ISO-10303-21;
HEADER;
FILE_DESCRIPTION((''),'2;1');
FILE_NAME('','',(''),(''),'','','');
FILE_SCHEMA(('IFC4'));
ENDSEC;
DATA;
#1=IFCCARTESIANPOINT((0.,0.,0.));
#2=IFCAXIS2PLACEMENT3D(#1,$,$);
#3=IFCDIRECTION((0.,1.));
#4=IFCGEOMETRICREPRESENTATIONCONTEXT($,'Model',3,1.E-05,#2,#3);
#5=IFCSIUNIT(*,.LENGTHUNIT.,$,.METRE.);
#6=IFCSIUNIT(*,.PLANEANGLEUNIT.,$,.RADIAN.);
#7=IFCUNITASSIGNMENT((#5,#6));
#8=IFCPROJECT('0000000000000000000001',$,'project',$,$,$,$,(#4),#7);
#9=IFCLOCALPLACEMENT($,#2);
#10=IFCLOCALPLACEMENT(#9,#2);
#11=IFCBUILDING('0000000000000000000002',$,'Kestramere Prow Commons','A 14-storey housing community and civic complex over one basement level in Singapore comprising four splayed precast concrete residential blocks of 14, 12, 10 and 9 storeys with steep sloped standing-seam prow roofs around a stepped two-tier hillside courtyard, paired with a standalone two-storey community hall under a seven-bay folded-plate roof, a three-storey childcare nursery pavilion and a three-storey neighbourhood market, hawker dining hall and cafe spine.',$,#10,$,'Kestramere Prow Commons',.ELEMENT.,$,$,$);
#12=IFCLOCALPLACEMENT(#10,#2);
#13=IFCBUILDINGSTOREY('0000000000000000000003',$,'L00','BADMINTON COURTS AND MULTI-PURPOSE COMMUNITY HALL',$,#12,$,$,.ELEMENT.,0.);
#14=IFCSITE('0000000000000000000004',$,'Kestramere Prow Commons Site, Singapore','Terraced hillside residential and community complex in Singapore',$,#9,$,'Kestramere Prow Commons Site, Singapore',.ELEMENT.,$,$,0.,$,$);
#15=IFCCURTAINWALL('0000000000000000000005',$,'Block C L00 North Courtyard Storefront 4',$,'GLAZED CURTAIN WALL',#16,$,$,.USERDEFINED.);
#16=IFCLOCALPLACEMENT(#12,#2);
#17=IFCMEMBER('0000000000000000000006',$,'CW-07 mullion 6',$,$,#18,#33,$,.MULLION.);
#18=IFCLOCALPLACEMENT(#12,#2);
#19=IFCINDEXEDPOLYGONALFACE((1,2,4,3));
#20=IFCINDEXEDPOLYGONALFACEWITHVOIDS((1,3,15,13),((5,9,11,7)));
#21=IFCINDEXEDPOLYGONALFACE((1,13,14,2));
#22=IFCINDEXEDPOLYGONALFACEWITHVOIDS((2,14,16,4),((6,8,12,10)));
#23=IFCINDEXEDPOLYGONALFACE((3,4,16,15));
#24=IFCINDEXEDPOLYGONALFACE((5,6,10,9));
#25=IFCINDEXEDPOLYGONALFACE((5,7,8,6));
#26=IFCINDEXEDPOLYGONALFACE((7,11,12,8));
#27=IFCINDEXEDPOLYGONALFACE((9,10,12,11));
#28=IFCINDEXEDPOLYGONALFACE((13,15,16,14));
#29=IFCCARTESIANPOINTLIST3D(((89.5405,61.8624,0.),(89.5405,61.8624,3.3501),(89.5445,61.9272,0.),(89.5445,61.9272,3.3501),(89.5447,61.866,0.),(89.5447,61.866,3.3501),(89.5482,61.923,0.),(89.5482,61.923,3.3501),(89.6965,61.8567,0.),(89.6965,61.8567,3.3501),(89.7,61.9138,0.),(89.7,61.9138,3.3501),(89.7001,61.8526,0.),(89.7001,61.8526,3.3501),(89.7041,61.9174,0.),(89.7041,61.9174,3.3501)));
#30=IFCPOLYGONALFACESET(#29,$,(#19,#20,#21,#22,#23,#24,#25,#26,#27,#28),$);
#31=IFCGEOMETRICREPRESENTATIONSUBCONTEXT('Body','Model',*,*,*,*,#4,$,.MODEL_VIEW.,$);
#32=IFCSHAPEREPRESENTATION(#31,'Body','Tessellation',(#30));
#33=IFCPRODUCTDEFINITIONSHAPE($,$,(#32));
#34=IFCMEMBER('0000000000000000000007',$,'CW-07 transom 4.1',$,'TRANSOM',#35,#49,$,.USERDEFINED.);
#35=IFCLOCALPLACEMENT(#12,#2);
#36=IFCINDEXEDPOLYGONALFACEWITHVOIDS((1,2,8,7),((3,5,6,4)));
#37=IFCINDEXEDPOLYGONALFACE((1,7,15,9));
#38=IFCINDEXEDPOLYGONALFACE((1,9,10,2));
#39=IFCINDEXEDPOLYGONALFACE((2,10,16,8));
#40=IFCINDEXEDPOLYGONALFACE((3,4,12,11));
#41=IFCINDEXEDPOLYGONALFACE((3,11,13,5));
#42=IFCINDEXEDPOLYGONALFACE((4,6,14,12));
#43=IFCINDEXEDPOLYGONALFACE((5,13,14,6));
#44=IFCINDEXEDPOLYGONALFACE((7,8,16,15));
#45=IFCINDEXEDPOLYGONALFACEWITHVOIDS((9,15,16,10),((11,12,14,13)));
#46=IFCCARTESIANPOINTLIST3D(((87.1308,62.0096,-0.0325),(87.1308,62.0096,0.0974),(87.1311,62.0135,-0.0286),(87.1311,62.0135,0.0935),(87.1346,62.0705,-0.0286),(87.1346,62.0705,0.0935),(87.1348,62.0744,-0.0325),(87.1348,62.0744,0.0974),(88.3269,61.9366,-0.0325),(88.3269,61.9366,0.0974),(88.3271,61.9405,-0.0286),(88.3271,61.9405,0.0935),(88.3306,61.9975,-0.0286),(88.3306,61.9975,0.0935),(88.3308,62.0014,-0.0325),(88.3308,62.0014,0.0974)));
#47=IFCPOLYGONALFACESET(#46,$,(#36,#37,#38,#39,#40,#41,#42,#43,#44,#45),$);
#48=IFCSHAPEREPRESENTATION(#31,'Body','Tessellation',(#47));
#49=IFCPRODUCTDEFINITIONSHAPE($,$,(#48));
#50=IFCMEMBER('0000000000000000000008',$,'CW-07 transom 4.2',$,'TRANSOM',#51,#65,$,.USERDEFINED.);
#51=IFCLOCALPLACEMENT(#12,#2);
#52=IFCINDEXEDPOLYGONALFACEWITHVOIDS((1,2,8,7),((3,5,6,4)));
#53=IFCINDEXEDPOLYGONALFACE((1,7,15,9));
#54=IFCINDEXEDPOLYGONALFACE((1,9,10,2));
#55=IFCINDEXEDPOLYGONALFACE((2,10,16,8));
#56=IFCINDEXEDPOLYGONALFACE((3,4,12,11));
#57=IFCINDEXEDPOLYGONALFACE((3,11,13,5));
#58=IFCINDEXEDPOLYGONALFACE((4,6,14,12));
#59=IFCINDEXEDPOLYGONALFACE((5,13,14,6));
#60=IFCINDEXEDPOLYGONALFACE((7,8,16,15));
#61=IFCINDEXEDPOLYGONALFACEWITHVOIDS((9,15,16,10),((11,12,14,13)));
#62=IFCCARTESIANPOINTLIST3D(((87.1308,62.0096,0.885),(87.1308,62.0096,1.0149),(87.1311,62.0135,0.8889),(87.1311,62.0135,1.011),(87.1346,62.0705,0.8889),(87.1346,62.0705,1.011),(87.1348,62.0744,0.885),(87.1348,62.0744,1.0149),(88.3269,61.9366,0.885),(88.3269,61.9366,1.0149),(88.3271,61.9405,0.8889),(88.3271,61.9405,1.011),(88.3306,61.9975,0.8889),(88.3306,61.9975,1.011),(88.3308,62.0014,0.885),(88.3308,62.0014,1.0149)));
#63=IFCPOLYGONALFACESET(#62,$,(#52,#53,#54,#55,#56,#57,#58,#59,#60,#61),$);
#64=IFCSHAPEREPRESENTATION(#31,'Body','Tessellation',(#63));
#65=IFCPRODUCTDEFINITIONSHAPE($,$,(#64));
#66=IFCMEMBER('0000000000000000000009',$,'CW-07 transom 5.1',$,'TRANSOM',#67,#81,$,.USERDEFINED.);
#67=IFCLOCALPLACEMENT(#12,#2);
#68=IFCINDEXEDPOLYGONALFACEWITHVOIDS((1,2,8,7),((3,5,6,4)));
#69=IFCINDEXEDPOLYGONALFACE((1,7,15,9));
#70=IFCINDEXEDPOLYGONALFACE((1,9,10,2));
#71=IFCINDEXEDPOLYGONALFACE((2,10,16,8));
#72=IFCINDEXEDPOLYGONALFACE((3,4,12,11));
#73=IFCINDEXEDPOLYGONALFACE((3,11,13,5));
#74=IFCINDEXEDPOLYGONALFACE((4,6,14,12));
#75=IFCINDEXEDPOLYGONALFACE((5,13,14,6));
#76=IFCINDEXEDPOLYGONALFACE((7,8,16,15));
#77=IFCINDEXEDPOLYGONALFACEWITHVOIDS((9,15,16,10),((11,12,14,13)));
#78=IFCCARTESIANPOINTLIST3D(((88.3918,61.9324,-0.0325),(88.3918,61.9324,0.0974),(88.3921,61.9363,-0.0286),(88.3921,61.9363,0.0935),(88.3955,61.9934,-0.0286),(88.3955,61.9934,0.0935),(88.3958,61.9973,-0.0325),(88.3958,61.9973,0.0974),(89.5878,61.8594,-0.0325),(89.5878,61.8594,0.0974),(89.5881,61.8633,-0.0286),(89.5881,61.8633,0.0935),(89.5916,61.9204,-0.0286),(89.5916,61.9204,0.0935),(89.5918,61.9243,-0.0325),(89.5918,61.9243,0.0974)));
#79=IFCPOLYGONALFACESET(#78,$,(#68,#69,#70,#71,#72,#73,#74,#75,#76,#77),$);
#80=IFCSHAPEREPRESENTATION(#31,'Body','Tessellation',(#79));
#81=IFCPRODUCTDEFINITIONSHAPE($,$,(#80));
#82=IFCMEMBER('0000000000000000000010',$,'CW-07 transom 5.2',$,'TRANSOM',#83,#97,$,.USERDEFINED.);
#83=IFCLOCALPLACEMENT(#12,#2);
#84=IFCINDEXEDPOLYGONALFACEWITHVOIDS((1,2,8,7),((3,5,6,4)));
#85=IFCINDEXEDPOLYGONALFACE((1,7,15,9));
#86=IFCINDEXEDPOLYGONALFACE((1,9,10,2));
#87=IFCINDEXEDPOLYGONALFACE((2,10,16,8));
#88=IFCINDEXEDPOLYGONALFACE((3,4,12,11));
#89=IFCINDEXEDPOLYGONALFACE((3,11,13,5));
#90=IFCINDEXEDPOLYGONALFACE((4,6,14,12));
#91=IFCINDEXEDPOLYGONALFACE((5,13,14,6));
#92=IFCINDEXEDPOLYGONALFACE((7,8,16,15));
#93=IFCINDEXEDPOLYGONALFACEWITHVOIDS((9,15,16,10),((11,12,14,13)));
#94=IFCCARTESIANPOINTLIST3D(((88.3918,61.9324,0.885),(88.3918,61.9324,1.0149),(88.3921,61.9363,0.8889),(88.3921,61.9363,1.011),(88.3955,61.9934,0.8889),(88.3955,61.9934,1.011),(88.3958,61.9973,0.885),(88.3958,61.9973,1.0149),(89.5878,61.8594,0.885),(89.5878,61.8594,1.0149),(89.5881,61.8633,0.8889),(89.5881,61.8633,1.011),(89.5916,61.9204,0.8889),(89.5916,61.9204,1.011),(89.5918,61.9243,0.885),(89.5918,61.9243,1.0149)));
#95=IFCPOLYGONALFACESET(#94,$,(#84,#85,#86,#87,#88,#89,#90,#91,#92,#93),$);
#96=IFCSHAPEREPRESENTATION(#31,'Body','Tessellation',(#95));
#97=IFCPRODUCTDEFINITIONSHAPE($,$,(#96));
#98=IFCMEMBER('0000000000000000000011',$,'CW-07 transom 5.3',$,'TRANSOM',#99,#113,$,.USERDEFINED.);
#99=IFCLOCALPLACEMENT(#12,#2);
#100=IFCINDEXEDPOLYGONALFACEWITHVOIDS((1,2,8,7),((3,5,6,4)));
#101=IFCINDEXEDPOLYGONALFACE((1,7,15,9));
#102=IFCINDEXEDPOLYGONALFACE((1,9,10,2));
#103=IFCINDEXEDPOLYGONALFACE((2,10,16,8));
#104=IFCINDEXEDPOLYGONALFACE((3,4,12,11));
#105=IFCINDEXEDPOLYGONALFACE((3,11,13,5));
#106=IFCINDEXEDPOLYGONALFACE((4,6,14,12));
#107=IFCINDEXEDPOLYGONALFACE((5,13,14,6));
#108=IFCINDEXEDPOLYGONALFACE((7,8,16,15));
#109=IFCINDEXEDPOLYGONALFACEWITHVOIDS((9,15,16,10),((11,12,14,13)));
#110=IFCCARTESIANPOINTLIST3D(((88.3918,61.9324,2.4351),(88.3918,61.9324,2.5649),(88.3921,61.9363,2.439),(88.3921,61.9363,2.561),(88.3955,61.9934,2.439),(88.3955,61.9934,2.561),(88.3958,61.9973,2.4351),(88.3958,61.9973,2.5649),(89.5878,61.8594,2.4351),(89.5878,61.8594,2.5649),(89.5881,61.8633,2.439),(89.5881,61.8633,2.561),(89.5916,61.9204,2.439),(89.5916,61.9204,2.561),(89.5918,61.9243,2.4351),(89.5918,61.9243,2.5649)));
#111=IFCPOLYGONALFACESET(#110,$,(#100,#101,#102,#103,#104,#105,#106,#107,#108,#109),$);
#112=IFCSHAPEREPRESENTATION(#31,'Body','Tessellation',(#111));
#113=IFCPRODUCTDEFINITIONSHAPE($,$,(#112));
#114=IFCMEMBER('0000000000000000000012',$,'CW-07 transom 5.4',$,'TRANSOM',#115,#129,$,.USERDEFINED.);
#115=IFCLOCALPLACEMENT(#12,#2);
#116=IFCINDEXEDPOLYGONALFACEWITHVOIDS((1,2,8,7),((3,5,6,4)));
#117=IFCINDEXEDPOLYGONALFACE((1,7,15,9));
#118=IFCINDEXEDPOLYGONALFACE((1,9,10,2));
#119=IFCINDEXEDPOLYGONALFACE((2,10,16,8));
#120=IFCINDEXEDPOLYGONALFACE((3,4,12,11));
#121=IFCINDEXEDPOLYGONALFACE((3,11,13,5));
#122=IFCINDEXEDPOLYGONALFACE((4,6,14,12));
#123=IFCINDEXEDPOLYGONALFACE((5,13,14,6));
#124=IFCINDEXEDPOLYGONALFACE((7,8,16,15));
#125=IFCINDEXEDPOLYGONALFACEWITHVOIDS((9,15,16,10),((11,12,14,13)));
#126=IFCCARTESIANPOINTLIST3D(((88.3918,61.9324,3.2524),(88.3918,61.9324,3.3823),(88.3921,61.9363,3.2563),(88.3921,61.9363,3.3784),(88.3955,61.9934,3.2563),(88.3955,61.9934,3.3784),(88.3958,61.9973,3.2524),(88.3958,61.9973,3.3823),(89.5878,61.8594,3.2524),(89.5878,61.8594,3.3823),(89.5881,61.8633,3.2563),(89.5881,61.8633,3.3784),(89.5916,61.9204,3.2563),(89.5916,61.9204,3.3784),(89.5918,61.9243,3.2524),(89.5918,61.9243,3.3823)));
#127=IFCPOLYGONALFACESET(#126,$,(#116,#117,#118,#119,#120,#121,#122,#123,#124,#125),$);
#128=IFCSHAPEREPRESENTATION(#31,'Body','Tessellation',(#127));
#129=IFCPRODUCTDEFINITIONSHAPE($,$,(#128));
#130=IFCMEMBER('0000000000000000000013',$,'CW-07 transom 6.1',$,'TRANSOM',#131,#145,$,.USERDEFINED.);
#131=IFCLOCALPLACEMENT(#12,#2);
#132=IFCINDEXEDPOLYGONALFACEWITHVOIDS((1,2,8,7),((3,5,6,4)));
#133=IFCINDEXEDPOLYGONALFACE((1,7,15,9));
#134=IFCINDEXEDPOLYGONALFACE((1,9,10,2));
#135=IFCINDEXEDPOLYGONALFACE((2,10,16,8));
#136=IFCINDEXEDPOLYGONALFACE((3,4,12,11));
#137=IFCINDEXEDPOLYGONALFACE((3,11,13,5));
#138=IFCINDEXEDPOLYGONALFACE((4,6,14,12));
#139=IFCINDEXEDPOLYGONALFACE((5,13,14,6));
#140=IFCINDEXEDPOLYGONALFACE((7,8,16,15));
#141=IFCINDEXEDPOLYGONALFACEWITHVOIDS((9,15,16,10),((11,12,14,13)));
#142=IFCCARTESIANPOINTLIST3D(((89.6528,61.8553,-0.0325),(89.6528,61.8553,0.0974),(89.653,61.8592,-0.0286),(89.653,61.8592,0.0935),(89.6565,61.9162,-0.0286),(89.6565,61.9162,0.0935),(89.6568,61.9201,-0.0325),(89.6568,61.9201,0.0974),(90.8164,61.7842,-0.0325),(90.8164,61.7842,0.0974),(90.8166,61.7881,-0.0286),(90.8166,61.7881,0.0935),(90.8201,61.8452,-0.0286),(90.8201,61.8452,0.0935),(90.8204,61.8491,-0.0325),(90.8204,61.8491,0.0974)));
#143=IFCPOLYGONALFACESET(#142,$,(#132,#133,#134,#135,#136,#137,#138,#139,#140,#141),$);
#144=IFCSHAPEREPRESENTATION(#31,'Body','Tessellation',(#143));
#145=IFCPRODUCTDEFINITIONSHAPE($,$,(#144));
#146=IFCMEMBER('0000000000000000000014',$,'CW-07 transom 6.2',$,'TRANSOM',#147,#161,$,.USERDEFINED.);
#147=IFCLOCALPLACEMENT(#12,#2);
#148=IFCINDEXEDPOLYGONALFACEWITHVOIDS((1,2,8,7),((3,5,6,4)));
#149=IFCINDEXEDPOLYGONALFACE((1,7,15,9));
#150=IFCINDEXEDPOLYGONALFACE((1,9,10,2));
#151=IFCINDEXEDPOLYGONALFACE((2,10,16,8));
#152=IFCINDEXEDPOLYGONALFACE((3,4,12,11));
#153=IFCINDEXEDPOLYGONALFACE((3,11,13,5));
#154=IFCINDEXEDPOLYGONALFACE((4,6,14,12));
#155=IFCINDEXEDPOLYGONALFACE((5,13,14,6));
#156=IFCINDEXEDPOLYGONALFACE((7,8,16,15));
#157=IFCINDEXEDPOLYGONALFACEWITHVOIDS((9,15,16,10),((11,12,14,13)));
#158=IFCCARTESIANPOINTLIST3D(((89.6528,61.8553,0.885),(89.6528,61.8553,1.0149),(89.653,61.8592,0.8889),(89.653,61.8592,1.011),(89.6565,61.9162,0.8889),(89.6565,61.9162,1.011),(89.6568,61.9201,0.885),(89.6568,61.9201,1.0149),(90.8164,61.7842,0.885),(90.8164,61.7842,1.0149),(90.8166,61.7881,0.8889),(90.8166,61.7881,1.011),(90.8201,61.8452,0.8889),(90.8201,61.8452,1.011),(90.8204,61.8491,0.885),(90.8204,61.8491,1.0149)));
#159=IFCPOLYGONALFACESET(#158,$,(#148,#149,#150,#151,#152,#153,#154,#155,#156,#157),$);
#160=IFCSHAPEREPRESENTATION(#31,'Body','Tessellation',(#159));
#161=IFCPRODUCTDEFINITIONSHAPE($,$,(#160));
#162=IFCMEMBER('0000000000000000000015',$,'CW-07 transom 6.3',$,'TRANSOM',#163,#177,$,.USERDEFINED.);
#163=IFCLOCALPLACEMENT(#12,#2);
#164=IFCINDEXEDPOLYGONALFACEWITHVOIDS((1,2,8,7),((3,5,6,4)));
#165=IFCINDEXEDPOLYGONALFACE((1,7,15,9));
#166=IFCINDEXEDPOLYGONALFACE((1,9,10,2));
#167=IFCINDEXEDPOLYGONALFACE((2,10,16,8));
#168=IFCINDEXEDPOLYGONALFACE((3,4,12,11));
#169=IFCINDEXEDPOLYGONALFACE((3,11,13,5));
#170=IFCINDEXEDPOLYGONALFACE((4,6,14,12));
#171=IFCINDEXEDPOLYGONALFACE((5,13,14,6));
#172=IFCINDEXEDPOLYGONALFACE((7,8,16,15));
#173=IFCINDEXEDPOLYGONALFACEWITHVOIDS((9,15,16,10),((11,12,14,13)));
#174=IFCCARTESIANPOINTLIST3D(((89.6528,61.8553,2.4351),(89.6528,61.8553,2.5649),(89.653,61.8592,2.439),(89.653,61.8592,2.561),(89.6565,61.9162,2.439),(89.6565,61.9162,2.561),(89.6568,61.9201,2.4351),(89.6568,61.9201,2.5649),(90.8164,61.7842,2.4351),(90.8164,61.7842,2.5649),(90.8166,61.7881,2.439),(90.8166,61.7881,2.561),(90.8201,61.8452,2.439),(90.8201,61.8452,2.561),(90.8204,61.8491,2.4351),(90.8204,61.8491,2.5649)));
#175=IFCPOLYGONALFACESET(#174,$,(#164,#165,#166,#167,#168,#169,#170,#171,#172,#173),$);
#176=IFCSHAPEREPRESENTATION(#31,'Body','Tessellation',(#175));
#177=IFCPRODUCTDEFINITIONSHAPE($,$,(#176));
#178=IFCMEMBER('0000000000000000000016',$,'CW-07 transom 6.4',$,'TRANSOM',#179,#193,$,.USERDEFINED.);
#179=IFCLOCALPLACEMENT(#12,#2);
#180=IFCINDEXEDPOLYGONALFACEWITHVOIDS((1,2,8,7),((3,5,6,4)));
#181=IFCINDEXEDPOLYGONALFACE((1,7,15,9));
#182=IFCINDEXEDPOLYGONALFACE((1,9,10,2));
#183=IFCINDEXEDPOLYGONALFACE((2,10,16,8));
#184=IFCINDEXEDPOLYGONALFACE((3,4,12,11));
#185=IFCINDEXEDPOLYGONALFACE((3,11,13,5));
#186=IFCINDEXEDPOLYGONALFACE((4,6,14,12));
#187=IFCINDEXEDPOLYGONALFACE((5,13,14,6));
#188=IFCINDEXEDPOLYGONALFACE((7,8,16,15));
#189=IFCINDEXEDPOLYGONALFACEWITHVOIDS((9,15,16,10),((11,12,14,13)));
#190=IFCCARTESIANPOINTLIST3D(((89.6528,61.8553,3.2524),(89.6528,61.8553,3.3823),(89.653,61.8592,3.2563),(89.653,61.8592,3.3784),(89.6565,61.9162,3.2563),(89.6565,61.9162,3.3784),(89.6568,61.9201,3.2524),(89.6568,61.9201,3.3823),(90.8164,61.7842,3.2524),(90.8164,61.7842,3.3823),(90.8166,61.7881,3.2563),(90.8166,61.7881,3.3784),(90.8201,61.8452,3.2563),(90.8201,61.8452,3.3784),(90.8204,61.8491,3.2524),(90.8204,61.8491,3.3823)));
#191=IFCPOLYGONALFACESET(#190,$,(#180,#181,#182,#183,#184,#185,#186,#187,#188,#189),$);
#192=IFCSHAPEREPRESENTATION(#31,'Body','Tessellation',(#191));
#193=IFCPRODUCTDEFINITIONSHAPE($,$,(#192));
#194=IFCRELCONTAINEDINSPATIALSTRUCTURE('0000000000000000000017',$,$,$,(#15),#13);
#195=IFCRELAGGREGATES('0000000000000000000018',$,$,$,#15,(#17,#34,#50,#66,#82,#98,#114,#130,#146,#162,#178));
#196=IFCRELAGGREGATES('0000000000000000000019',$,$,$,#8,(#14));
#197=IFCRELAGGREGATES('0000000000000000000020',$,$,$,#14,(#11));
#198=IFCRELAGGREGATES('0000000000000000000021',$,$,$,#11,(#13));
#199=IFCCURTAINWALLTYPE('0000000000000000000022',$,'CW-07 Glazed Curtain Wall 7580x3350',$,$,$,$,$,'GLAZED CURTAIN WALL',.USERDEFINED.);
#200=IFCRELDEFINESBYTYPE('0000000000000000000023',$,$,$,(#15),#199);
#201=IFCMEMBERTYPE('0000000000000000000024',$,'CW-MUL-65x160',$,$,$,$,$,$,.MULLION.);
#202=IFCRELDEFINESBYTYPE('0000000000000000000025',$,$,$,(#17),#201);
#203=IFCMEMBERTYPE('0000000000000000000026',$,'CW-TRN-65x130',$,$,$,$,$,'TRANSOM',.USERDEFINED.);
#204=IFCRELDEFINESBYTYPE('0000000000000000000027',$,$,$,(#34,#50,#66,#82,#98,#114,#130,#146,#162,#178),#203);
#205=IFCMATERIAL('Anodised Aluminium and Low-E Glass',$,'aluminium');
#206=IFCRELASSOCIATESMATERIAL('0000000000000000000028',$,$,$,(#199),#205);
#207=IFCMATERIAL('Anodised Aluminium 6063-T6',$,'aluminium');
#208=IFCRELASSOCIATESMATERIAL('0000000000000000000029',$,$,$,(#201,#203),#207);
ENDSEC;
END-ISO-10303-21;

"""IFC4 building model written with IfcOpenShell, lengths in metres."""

from ifc_helpers import new_model, si_unit, direction, frame, origin, origin_2d, place, context, subcontext, project, spatial, hollow_rectangle, extrude, material, material_profile, profile_set, type_object, element, aggregate, save


model = new_model("IFC4")

# Units and contexts
model_context = context("Model", 3, precision=1e-05, world=origin(), true_north=direction((0.0, 1.0)))
body_context = subcontext(model_context, "Body", "Model", "MODEL_VIEW")
ifc_project = project(units=[si_unit("LENGTHUNIT", "METRE"), si_unit("PLANEANGLEUNIT", "RADIAN")], contexts=[model_context])

# Site, building, storey
site_placement = place(None, origin())
site = spatial("IfcSite", under=ifc_project, at=site_placement, Name="Kestramere Prow Commons Site, Singapore", Description="Terraced hillside residential and community complex in Singapore", LongName="Kestramere Prow Commons Site, Singapore", CompositionType="ELEMENT", RefElevation=0.0)
building_placement = place(site_placement, origin())
building = spatial("IfcBuilding", under=site, at=building_placement, Name="Kestramere Prow Commons", Description="A 14-storey housing community and civic complex over one basement level in Singapore comprising four splayed precast concrete residential blocks of 14, 12, 10 and 9 storeys with steep sloped standing-seam prow roofs around a stepped two-tier hillside courtyard, paired with a standalone two-storey community hall under a seven-bay folded-plate roof, a three-storey childcare nursery pavilion and a three-storey neighbourhood market, hawker dining hall and cafe spine.", LongName="Kestramere Prow Commons", CompositionType="ELEMENT")
storey_placement = place(building_placement, origin())
storey = spatial("IfcBuildingStorey", under=building, at=storey_placement, Name="L00", Description="BADMINTON COURTS AND MULTI-PURPOSE COMMUNITY HALL", CompositionType="ELEMENT", Elevation=0.0)

# Curtain wall, members
ifc_material_1 = material(Name="Anodised Aluminium and Low-E Glass", Category="aluminium")
curtain_wall_type = type_object("IfcCurtainWallType", Name="CW-07 Glazed Curtain Wall 7580x3350", ElementType="GLAZED CURTAIN WALL", PredefinedType="USERDEFINED", material=ifc_material_1)
curtain_wall_placement = place(storey_placement, origin())
curtain_wall = element("IfcCurtainWall", 1, at=curtain_wall_placement, inside=storey, type_object=curtain_wall_type, Name="Block C L00 North Courtyard Storefront 4", ObjectType="GLAZED CURTAIN WALL", PredefinedType="USERDEFINED")
ifc_material_2 = material(Name="Anodised Aluminium 6063-T6", Category="aluminium")
ifc_material_profile_1 = material_profile(ifc_material_2, hollow_rectangle(XDim=0.0649, YDim=0.1599, WallThickness=0.0039, at=origin_2d()), Name="ALU-MUL 65x160")
ifc_profile_set_1 = profile_set([ifc_material_profile_1], Name="Anodised Aluminium 6063-T6")
member_type_1 = type_object("IfcMemberType", Name="CW-MUL-65x160", PredefinedType="MULLION", material=ifc_profile_set_1)
member_1_placement = place(storey_placement, frame((89.6223, 61.8899, 0.0), z_axis=(0.0, 0.0, 1.0), x_axis=(0.061049, 0.998135, 0.0)))
member_1 = element("IfcMember", 2, at=member_1_placement, type_object=member_type_1, Name="CW-07 mullion 6", PredefinedType="MULLION", context=body_context, shape_type="SweptSolid", body=[
    extrude(hollow_rectangle(XDim=0.0649, YDim=0.1599, WallThickness=0.0039, at=origin_2d()), origin(), (0.0, 0.0, 1.0), 3.3501),
])
ifc_material_profile_2 = material_profile(ifc_material_2, hollow_rectangle(XDim=0.0649, YDim=0.1299, WallThickness=0.0039, at=origin_2d()), Name="ALU-TRN 65x130")
ifc_profile_set_2 = profile_set([ifc_material_profile_2], Name="Anodised Aluminium 6063-T6")
member_type_2 = type_object("IfcMemberType", Name="CW-TRN-65x130", ElementType="TRANSOM", PredefinedType="USERDEFINED", material=ifc_profile_set_2)
member_2_placement = place(storey_placement, frame((87.1328, 62.042, 0.0325), z_axis=(0.998143, -0.06092, 0.0), x_axis=(0.06092, 0.998143, 0.0)))
member_2 = element("IfcMember", 3, at=member_2_placement, type_object=member_type_2, Name="CW-07 transom 4.1", ObjectType="TRANSOM", PredefinedType="USERDEFINED", context=body_context, shape_type="SweptSolid", body=[
    extrude(hollow_rectangle(XDim=0.0649, YDim=0.1299, WallThickness=0.0039, at=origin_2d()), origin(), (0.0, 0.0, 1.0), 1.1982),
])
member_3_placement = place(storey_placement, frame((87.1328, 62.042, 0.95), z_axis=(0.998143, -0.06092, 0.0), x_axis=(0.06092, 0.998143, 0.0)))
member_3 = element("IfcMember", 4, at=member_3_placement, type_object=member_type_2, Name="CW-07 transom 4.2", ObjectType="TRANSOM", PredefinedType="USERDEFINED", context=body_context, shape_type="SweptSolid", body=[
    extrude(hollow_rectangle(XDim=0.0649, YDim=0.1299, WallThickness=0.0039, at=origin_2d()), origin(), (0.0, 0.0, 1.0), 1.1982),
])
member_4_placement = place(storey_placement, frame((88.3938, 61.9648, 0.0325), z_axis=(0.998143, -0.06092, 0.0), x_axis=(0.06092, 0.998143, 0.0)))
member_4 = element("IfcMember", 5, at=member_4_placement, type_object=member_type_2, Name="CW-07 transom 5.1", ObjectType="TRANSOM", PredefinedType="USERDEFINED", context=body_context, shape_type="SweptSolid", body=[
    extrude(hollow_rectangle(XDim=0.0649, YDim=0.1299, WallThickness=0.0039, at=origin_2d()), origin(), (0.0, 0.0, 1.0), 1.1982),
])
member_5_placement = place(storey_placement, frame((88.3938, 61.9648, 0.95), z_axis=(0.998143, -0.06092, 0.0), x_axis=(0.06092, 0.998143, 0.0)))
member_5 = element("IfcMember", 6, at=member_5_placement, type_object=member_type_2, Name="CW-07 transom 5.2", ObjectType="TRANSOM", PredefinedType="USERDEFINED", context=body_context, shape_type="SweptSolid", body=[
    extrude(hollow_rectangle(XDim=0.0649, YDim=0.1299, WallThickness=0.0039, at=origin_2d()), origin(), (0.0, 0.0, 1.0), 1.1982),
])
member_6_placement = place(storey_placement, frame((88.3938, 61.9648, 2.5), z_axis=(0.998143, -0.06092, 0.0), x_axis=(0.06092, 0.998143, 0.0)))
member_6 = element("IfcMember", 7, at=member_6_placement, type_object=member_type_2, Name="CW-07 transom 5.3", ObjectType="TRANSOM", PredefinedType="USERDEFINED", context=body_context, shape_type="SweptSolid", body=[
    extrude(hollow_rectangle(XDim=0.0649, YDim=0.1299, WallThickness=0.0039, at=origin_2d()), origin(), (0.0, 0.0, 1.0), 1.1982),
])
member_7_placement = place(storey_placement, frame((88.3938, 61.9648, 3.3174), z_axis=(0.998143, -0.06092, 0.0), x_axis=(0.06092, 0.998143, 0.0)))
member_7 = element("IfcMember", 8, at=member_7_placement, type_object=member_type_2, Name="CW-07 transom 5.4", ObjectType="TRANSOM", PredefinedType="USERDEFINED", context=body_context, shape_type="SweptSolid", body=[
    extrude(hollow_rectangle(XDim=0.0649, YDim=0.1299, WallThickness=0.0039, at=origin_2d()), origin(), (0.0, 0.0, 1.0), 1.1982),
])
member_8_placement = place(storey_placement, frame((89.6548, 61.8877, 0.0325), z_axis=(0.998141, -0.060944, 0.0), x_axis=(0.060944, 0.998141, 0.0)))
member_8 = element("IfcMember", 9, at=member_8_placement, type_object=member_type_2, Name="CW-07 transom 6.1", ObjectType="TRANSOM", PredefinedType="USERDEFINED", context=body_context, shape_type="SweptSolid", body=[
    extrude(hollow_rectangle(XDim=0.0649, YDim=0.1299, WallThickness=0.0039, at=origin_2d()), origin(), (0.0, 0.0, 1.0), 1.1658),
])
member_9_placement = place(storey_placement, frame((89.6548, 61.8877, 0.95), z_axis=(0.998141, -0.060944, 0.0), x_axis=(0.060944, 0.998141, 0.0)))
member_9 = element("IfcMember", 10, at=member_9_placement, type_object=member_type_2, Name="CW-07 transom 6.2", ObjectType="TRANSOM", PredefinedType="USERDEFINED", context=body_context, shape_type="SweptSolid", body=[
    extrude(hollow_rectangle(XDim=0.0649, YDim=0.1299, WallThickness=0.0039, at=origin_2d()), origin(), (0.0, 0.0, 1.0), 1.1658),
])
member_10_placement = place(storey_placement, frame((89.6548, 61.8877, 2.5), z_axis=(0.998141, -0.060944, 0.0), x_axis=(0.060944, 0.998141, 0.0)))
member_10 = element("IfcMember", 11, at=member_10_placement, type_object=member_type_2, Name="CW-07 transom 6.3", ObjectType="TRANSOM", PredefinedType="USERDEFINED", context=body_context, shape_type="SweptSolid", body=[
    extrude(hollow_rectangle(XDim=0.0649, YDim=0.1299, WallThickness=0.0039, at=origin_2d()), origin(), (0.0, 0.0, 1.0), 1.1658),
])
member_11_placement = place(storey_placement, frame((89.6548, 61.8877, 3.3174), z_axis=(0.998141, -0.060944, 0.0), x_axis=(0.060944, 0.998141, 0.0)))
member_11 = element("IfcMember", 12, at=member_11_placement, type_object=member_type_2, Name="CW-07 transom 6.4", ObjectType="TRANSOM", PredefinedType="USERDEFINED", context=body_context, shape_type="SweptSolid", body=[
    extrude(hollow_rectangle(XDim=0.0649, YDim=0.1299, WallThickness=0.0039, at=origin_2d()), origin(), (0.0, 0.0, 1.0), 1.1658),
])

aggregate(curtain_wall, [member_1, member_2, member_3, member_4, member_5, member_6, member_7, member_8, member_9, member_10, member_11])

save(model, "model.ifc")
